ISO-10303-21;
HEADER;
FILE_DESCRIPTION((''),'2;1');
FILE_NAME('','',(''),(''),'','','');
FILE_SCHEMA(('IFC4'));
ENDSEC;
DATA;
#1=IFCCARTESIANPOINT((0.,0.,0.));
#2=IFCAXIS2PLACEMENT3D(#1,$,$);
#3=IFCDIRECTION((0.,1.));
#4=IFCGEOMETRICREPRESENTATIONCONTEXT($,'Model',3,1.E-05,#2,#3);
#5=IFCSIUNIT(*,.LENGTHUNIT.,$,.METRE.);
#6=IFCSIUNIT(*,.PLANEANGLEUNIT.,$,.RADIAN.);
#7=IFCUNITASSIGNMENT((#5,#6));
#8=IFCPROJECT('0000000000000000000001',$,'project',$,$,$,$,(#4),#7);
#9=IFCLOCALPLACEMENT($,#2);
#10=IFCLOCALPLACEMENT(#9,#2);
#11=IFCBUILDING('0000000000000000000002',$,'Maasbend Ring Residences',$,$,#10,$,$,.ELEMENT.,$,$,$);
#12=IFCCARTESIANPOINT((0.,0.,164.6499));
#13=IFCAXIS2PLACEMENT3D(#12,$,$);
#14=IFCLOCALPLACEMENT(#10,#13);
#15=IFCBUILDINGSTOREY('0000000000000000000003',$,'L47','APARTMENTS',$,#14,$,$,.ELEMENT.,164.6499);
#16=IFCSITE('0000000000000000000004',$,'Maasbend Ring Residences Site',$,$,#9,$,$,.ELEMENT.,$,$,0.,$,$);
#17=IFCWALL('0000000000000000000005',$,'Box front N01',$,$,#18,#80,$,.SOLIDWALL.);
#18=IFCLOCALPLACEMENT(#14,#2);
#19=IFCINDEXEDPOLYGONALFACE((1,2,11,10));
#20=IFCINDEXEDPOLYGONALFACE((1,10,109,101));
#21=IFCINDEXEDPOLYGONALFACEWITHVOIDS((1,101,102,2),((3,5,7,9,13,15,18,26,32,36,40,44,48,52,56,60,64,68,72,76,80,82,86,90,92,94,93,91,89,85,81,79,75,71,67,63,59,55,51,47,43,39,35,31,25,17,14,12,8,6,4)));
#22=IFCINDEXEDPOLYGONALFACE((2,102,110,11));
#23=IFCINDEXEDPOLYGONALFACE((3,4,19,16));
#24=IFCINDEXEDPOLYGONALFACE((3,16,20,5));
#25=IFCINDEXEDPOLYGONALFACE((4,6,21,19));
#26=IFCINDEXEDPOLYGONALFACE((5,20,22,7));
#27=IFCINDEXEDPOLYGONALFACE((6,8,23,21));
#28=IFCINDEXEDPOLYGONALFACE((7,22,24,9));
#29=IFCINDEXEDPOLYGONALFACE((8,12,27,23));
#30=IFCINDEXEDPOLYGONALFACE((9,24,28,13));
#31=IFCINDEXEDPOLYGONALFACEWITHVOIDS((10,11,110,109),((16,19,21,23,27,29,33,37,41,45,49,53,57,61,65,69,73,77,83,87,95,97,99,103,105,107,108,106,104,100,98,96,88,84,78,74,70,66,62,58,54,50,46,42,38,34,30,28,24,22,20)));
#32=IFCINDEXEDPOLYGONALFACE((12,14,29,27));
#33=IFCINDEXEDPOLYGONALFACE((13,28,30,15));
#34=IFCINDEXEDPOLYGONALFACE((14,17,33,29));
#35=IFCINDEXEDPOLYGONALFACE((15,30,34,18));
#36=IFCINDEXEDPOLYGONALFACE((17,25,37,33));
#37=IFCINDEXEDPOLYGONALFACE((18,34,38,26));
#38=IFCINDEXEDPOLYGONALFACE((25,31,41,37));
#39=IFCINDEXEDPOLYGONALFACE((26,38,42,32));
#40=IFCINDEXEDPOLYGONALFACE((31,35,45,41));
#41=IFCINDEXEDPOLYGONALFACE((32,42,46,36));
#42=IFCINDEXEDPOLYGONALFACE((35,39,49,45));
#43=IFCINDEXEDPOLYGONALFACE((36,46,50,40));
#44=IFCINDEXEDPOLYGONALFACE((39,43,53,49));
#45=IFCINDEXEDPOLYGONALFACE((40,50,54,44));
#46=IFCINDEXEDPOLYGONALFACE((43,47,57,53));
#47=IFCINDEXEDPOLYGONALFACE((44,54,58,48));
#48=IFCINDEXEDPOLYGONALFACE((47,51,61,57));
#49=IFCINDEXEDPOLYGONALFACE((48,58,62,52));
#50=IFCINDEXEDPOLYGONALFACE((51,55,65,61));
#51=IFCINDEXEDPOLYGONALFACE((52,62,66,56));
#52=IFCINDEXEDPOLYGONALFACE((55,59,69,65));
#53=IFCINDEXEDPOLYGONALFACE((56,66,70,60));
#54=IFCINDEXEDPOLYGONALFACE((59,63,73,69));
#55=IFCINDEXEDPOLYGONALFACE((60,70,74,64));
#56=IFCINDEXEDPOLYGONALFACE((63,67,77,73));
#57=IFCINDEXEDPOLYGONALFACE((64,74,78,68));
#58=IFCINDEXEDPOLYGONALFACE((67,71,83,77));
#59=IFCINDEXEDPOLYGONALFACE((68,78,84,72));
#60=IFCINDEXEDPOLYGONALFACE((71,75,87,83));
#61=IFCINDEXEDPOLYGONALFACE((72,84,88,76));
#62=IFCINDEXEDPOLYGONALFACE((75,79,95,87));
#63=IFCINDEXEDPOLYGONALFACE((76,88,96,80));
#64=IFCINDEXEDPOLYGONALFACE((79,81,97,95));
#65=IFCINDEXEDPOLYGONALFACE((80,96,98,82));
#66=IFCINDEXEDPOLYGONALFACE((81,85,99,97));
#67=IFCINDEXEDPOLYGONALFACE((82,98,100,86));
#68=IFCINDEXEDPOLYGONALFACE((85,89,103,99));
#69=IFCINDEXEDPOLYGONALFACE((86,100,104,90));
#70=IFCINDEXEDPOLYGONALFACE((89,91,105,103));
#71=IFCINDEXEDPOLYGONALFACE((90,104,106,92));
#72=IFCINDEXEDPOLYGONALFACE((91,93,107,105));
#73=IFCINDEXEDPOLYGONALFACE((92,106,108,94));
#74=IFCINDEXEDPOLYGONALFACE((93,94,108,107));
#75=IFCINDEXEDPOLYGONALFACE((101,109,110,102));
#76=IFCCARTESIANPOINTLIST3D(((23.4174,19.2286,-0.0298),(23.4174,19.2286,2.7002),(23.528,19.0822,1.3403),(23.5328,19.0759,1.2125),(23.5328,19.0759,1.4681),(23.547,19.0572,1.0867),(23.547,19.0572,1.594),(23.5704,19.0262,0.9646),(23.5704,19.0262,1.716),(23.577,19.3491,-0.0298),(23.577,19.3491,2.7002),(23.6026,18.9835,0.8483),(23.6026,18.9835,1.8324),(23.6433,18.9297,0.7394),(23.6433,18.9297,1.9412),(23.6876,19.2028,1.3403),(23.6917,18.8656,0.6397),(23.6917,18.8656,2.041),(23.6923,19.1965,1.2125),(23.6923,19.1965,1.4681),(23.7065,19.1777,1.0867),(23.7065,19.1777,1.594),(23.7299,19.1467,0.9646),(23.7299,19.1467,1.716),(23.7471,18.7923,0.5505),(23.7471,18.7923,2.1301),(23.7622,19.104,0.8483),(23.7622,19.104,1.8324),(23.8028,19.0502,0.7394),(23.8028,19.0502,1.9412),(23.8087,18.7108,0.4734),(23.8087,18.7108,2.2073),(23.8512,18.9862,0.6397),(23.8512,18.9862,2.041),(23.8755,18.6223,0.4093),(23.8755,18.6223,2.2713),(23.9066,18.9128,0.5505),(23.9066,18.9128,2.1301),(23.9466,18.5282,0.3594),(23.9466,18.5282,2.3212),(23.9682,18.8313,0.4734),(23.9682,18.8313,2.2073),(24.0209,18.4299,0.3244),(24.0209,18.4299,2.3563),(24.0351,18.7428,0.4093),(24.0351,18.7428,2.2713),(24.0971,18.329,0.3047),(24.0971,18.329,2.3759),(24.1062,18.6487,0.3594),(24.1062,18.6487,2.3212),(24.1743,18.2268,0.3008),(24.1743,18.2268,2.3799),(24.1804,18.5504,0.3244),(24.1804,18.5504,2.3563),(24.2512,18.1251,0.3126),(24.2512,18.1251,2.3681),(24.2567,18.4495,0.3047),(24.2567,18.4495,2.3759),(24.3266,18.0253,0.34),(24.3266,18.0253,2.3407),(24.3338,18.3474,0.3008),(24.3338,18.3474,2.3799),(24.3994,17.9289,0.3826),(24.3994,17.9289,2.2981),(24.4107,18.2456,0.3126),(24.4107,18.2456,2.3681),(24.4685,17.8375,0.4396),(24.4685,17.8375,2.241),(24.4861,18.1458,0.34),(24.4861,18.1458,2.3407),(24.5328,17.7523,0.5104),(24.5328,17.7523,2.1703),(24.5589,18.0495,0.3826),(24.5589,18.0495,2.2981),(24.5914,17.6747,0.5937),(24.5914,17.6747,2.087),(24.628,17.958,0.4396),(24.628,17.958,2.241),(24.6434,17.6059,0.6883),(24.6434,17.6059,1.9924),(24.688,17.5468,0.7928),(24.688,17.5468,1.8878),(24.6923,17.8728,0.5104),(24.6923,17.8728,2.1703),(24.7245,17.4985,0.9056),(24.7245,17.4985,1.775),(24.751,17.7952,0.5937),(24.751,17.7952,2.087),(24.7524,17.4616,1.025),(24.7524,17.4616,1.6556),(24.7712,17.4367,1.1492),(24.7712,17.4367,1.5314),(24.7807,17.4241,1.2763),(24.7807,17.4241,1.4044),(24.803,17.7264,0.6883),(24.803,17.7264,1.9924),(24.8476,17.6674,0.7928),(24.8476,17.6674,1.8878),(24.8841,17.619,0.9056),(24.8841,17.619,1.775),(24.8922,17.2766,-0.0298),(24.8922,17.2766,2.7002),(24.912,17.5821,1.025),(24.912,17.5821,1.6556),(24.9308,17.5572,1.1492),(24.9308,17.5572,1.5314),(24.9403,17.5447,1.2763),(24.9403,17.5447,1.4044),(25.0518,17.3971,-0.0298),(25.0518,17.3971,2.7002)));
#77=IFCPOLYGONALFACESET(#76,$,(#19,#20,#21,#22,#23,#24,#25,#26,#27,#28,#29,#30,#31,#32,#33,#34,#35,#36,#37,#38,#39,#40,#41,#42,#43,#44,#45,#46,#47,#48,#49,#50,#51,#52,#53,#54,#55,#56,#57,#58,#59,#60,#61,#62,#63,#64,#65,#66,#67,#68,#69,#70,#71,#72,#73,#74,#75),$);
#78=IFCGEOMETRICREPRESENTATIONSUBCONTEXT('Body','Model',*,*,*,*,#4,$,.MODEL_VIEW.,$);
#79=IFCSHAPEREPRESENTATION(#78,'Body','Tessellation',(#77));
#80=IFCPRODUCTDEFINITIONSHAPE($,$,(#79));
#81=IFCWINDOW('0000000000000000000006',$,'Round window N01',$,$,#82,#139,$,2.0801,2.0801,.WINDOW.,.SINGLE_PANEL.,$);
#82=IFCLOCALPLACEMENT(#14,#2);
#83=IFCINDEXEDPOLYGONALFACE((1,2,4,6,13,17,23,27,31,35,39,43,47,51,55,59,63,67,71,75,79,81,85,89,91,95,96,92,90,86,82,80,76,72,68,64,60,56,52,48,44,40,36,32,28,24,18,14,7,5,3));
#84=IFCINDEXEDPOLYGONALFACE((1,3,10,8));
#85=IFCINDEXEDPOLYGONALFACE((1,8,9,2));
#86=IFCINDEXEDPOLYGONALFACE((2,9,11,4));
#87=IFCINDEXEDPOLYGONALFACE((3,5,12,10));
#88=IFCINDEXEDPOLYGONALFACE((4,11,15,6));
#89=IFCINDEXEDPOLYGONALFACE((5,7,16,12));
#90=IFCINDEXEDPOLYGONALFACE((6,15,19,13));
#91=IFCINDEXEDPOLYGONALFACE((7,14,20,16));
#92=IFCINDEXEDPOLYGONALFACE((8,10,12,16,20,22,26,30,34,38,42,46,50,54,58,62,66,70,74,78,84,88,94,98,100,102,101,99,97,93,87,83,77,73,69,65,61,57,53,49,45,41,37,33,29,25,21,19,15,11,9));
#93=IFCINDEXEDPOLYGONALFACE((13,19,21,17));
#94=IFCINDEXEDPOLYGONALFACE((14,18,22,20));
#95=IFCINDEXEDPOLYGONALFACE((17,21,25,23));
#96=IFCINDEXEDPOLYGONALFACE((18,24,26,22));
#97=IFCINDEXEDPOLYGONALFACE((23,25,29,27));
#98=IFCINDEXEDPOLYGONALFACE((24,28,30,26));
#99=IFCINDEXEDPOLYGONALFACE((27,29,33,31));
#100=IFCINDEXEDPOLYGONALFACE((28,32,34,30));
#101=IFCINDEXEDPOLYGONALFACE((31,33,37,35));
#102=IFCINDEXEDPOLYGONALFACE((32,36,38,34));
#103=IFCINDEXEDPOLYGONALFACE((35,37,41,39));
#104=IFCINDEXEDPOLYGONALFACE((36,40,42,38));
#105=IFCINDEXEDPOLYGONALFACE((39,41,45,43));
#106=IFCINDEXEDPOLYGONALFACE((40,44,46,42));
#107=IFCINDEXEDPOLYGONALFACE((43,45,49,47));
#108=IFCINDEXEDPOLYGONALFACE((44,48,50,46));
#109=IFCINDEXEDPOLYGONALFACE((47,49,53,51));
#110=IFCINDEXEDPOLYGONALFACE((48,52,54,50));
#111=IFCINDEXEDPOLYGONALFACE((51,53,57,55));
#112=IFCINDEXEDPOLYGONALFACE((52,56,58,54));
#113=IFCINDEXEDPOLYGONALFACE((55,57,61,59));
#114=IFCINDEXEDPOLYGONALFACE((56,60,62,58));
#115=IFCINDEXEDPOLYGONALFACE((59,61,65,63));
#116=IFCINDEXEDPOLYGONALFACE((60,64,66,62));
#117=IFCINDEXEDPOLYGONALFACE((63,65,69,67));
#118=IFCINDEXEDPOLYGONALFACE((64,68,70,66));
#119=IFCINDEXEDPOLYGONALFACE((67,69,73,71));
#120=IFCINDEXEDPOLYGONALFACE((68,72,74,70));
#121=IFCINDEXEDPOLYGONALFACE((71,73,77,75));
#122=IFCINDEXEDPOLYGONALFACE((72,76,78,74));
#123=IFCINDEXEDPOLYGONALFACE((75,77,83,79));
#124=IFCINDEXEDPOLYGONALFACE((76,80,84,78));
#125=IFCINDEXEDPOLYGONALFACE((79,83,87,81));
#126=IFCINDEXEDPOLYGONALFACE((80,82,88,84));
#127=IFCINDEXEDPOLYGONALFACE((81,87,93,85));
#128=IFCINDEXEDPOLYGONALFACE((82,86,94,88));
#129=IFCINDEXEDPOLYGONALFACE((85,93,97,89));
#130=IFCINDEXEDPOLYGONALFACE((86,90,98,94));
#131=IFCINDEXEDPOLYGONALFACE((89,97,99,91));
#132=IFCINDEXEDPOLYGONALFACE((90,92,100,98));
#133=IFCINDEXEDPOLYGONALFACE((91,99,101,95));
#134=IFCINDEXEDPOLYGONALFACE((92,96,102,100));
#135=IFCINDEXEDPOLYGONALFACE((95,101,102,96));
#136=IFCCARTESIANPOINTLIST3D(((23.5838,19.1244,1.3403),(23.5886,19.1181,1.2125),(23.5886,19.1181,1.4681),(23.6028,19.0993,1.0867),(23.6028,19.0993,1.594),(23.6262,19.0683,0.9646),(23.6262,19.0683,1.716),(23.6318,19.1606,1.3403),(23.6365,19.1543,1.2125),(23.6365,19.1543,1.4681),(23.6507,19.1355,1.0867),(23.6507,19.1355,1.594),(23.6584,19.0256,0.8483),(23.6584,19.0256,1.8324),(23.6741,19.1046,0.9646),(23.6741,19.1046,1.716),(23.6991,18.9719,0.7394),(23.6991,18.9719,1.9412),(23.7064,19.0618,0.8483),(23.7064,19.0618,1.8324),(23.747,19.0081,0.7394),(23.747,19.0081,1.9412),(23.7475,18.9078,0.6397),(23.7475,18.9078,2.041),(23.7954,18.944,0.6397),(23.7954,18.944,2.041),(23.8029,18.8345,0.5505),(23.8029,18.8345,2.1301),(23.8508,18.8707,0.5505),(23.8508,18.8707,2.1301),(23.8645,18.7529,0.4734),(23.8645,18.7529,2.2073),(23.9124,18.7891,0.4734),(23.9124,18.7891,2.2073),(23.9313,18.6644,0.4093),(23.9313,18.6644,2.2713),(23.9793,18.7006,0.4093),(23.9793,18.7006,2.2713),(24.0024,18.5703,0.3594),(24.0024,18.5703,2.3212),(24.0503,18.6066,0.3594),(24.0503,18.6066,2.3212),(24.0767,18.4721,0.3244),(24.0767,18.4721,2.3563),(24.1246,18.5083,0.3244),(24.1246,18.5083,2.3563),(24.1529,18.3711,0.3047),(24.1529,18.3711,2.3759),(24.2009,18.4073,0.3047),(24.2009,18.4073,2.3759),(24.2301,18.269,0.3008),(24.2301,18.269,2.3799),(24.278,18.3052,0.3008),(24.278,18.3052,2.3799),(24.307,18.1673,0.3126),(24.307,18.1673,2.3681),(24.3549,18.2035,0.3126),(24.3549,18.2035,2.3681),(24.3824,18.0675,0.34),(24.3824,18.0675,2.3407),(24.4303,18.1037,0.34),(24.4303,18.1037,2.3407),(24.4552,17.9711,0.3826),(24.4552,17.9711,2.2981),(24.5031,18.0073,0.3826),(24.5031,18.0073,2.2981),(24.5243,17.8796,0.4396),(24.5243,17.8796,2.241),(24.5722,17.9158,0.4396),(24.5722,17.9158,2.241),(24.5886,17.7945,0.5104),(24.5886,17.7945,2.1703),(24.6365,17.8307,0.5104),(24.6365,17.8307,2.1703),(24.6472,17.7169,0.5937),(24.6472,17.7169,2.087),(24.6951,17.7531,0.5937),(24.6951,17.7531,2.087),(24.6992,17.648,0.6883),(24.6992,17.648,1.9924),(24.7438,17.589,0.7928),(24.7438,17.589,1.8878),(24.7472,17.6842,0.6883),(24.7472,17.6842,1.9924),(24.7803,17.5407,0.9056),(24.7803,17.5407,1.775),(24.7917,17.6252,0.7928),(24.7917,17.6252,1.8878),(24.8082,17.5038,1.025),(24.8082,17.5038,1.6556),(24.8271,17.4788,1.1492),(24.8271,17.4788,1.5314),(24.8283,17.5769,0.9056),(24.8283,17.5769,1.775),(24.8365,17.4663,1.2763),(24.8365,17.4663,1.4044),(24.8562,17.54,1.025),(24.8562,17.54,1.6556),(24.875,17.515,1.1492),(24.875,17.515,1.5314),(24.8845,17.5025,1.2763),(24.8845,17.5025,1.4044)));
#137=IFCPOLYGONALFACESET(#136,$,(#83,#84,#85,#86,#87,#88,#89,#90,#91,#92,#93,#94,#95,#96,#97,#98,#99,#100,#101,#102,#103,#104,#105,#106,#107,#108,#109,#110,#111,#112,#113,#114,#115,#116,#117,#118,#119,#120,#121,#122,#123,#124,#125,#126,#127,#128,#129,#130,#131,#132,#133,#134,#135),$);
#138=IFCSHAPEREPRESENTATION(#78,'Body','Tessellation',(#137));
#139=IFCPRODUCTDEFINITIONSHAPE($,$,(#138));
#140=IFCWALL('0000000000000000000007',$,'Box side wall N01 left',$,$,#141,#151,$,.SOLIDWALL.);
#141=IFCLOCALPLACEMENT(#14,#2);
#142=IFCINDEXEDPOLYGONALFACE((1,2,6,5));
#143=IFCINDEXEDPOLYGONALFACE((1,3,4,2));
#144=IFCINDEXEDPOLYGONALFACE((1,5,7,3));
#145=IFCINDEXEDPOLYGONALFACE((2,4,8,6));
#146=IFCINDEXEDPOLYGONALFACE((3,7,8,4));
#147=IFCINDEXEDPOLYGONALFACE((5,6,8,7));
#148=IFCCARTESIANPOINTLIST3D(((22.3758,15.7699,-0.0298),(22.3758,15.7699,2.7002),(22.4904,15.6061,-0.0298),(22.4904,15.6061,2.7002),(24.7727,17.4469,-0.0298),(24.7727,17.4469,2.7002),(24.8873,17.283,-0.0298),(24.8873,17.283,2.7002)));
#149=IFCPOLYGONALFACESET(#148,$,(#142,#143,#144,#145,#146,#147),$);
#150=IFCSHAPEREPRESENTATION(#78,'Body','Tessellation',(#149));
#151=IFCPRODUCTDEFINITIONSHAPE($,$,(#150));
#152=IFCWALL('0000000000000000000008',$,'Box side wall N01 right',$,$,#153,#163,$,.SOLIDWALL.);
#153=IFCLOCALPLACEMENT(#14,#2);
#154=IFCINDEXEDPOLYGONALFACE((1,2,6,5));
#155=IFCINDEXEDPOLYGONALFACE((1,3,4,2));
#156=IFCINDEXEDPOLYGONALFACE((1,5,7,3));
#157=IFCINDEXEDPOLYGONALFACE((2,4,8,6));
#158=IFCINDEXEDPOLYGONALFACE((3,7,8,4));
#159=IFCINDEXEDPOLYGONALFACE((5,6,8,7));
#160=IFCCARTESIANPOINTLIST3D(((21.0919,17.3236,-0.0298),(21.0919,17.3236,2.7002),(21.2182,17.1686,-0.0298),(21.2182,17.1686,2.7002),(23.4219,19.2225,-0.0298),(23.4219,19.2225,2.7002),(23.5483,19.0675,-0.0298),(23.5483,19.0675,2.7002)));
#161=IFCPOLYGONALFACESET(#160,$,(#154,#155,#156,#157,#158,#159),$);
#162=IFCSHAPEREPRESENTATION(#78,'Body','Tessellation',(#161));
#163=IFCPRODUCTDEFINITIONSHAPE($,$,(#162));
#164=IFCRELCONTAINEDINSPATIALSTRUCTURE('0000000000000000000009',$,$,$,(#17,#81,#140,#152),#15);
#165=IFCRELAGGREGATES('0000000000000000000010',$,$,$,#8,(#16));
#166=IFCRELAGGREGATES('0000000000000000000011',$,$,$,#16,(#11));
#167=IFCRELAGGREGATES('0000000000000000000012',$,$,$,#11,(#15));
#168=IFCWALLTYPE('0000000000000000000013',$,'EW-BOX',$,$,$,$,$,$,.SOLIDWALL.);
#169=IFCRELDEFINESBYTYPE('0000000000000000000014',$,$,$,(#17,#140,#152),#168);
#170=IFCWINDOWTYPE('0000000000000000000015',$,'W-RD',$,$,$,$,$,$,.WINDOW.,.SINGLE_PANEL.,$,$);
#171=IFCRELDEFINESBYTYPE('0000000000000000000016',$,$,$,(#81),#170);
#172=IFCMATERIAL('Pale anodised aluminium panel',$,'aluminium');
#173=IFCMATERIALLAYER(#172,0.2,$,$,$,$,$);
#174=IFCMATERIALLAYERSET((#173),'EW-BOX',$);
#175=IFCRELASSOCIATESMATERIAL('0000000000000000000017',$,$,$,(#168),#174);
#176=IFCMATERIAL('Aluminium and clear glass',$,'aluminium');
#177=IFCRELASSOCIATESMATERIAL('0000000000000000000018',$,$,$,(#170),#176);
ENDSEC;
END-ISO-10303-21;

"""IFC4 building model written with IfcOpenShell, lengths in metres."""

from ifc_helpers import new_model, si_unit, direction, frame, frame_2d, origin, place, context, subcontext, project, spatial, rectangle, circle, extrude, material, layer, layer_set, type_object, element, fill, save


model = new_model("IFC4")

# Units and contexts
model_context = context("Model", 3, precision=1e-05, world=origin(), true_north=direction((0.0, 1.0)))
body_context = subcontext(model_context, "Body", "Model", "MODEL_VIEW")
ifc_project = project(units=[si_unit("LENGTHUNIT", "METRE"), si_unit("PLANEANGLEUNIT", "RADIAN")], contexts=[model_context])

# Site, building, storey
site_placement = place(None, origin())
site = spatial("IfcSite", under=ifc_project, at=site_placement, Name="Maasbend Ring Residences Site", CompositionType="ELEMENT", RefElevation=0.0)
building_placement = place(site_placement, origin())
building = spatial("IfcBuilding", under=site, at=building_placement, Name="Maasbend Ring Residences", CompositionType="ELEMENT")
storey_placement = place(building_placement, frame((0.0, 0.0, 164.6499)))
storey = spatial("IfcBuildingStorey", under=building, at=storey_placement, Name="L47", Description="APARTMENTS", CompositionType="ELEMENT", Elevation=164.6499)

# Wall, opening, window
ifc_material_1 = material(Name="Pale anodised aluminium panel", Category="aluminium")
ifc_layer_1 = layer(ifc_material_1, 0.2)
ifc_layer_set_1 = layer_set([ifc_layer_1], Name="EW-BOX")
wall_type_1 = type_object("IfcWallType", Name="EW-BOX", PredefinedType="SOLIDWALL", material=ifc_layer_set_1)
wall_1_placement = place(storey_placement, frame((24.9719, 17.3369, -0.0298), z_axis=(0.0, 0.0, 1.0), x_axis=(-0.602806, 0.797888, 0.0)))
wall_1 = element("IfcWall", 1, at=wall_1_placement, inside=storey, type_object=wall_type_1, Name="Box front N01", PredefinedType="SOLIDWALL", context=body_context, shape_type="SweptSolid", body=[
    extrude(rectangle(XDim=2.4465, YDim=0.2, at=frame_2d((1.2231, 0.0))), origin(), (0.0, 0.0, 1.0), 2.73),
])
opening_1_placement = place(wall_1_placement, frame((0.1829, 0.0, 0.3301)))
opening_1 = element("IfcOpeningElement", 2, at=opening_1_placement, cuts=wall_1, PredefinedType="OPENING", context=body_context, shape_type="SweptSolid", body=[
    extrude(circle(Radius=1.04, at=frame_2d((1.04, 1.04))), frame((0.0, 0.1099, 0.0), z_axis=(0.0, -1.0, 0.0), x_axis=(1.0, 0.0, 0.0)), (0.0, 0.0, 1.0), 0.22),
])
ifc_material_2 = material(Name="Aluminium and clear glass", Category="aluminium")
window_type_1 = type_object("IfcWindowType", Name="W-RD", PartitioningType="SINGLE_PANEL", PredefinedType="WINDOW", material=ifc_material_2)
window_1_placement = place(opening_1_placement, origin())
window_1 = element("IfcWindow", 3, at=window_1_placement, inside=storey, type_object=window_type_1, Name="Round window N01", OverallHeight=2.0801, OverallWidth=2.0801, PartitioningType="SINGLE_PANEL", PredefinedType="WINDOW", context=body_context, shape_type="SweptSolid", body=[
    extrude(circle(Radius=1.04, at=frame_2d((1.04, 1.04))), frame((0.0, 0.03, 0.0), z_axis=(0.0, -1.0, 0.0), x_axis=(1.0, 0.0, 0.0)), (0.0, 0.0, 1.0), 0.0601),
])
fill(opening_1, window_1)

# Walls
wall_2_placement = place(storey_placement, frame((22.4331, 15.688, -0.0298), z_axis=(0.0, 0.0, 1.0), x_axis=(0.819373, 0.573261, 0.0)))
element("IfcWall", 4, at=wall_2_placement, inside=storey, type_object=wall_type_1, Name="Box side wall N01 left", PredefinedType="SOLIDWALL", context=body_context, shape_type="SweptSolid", body=[
    extrude(rectangle(XDim=2.9253, YDim=0.2, at=frame_2d((1.4626, 0.0))), origin(), (0.0, 0.0, 1.0), 2.73),
])
wall_3_placement = place(storey_placement, frame((21.155, 17.2461, -0.0298), z_axis=(0.0, 0.0, 1.0), x_axis=(0.775179, 0.631742, 0.0)))
element("IfcWall", 5, at=wall_3_placement, inside=storey, type_object=wall_type_1, Name="Box side wall N01 right", PredefinedType="SOLIDWALL", context=body_context, shape_type="SweptSolid", body=[
    extrude(rectangle(XDim=3.0059, YDim=0.2, at=frame_2d((1.5029, 0.0))), origin(), (0.0, 0.0, 1.0), 2.73),
])

save(model, "model.ifc")
